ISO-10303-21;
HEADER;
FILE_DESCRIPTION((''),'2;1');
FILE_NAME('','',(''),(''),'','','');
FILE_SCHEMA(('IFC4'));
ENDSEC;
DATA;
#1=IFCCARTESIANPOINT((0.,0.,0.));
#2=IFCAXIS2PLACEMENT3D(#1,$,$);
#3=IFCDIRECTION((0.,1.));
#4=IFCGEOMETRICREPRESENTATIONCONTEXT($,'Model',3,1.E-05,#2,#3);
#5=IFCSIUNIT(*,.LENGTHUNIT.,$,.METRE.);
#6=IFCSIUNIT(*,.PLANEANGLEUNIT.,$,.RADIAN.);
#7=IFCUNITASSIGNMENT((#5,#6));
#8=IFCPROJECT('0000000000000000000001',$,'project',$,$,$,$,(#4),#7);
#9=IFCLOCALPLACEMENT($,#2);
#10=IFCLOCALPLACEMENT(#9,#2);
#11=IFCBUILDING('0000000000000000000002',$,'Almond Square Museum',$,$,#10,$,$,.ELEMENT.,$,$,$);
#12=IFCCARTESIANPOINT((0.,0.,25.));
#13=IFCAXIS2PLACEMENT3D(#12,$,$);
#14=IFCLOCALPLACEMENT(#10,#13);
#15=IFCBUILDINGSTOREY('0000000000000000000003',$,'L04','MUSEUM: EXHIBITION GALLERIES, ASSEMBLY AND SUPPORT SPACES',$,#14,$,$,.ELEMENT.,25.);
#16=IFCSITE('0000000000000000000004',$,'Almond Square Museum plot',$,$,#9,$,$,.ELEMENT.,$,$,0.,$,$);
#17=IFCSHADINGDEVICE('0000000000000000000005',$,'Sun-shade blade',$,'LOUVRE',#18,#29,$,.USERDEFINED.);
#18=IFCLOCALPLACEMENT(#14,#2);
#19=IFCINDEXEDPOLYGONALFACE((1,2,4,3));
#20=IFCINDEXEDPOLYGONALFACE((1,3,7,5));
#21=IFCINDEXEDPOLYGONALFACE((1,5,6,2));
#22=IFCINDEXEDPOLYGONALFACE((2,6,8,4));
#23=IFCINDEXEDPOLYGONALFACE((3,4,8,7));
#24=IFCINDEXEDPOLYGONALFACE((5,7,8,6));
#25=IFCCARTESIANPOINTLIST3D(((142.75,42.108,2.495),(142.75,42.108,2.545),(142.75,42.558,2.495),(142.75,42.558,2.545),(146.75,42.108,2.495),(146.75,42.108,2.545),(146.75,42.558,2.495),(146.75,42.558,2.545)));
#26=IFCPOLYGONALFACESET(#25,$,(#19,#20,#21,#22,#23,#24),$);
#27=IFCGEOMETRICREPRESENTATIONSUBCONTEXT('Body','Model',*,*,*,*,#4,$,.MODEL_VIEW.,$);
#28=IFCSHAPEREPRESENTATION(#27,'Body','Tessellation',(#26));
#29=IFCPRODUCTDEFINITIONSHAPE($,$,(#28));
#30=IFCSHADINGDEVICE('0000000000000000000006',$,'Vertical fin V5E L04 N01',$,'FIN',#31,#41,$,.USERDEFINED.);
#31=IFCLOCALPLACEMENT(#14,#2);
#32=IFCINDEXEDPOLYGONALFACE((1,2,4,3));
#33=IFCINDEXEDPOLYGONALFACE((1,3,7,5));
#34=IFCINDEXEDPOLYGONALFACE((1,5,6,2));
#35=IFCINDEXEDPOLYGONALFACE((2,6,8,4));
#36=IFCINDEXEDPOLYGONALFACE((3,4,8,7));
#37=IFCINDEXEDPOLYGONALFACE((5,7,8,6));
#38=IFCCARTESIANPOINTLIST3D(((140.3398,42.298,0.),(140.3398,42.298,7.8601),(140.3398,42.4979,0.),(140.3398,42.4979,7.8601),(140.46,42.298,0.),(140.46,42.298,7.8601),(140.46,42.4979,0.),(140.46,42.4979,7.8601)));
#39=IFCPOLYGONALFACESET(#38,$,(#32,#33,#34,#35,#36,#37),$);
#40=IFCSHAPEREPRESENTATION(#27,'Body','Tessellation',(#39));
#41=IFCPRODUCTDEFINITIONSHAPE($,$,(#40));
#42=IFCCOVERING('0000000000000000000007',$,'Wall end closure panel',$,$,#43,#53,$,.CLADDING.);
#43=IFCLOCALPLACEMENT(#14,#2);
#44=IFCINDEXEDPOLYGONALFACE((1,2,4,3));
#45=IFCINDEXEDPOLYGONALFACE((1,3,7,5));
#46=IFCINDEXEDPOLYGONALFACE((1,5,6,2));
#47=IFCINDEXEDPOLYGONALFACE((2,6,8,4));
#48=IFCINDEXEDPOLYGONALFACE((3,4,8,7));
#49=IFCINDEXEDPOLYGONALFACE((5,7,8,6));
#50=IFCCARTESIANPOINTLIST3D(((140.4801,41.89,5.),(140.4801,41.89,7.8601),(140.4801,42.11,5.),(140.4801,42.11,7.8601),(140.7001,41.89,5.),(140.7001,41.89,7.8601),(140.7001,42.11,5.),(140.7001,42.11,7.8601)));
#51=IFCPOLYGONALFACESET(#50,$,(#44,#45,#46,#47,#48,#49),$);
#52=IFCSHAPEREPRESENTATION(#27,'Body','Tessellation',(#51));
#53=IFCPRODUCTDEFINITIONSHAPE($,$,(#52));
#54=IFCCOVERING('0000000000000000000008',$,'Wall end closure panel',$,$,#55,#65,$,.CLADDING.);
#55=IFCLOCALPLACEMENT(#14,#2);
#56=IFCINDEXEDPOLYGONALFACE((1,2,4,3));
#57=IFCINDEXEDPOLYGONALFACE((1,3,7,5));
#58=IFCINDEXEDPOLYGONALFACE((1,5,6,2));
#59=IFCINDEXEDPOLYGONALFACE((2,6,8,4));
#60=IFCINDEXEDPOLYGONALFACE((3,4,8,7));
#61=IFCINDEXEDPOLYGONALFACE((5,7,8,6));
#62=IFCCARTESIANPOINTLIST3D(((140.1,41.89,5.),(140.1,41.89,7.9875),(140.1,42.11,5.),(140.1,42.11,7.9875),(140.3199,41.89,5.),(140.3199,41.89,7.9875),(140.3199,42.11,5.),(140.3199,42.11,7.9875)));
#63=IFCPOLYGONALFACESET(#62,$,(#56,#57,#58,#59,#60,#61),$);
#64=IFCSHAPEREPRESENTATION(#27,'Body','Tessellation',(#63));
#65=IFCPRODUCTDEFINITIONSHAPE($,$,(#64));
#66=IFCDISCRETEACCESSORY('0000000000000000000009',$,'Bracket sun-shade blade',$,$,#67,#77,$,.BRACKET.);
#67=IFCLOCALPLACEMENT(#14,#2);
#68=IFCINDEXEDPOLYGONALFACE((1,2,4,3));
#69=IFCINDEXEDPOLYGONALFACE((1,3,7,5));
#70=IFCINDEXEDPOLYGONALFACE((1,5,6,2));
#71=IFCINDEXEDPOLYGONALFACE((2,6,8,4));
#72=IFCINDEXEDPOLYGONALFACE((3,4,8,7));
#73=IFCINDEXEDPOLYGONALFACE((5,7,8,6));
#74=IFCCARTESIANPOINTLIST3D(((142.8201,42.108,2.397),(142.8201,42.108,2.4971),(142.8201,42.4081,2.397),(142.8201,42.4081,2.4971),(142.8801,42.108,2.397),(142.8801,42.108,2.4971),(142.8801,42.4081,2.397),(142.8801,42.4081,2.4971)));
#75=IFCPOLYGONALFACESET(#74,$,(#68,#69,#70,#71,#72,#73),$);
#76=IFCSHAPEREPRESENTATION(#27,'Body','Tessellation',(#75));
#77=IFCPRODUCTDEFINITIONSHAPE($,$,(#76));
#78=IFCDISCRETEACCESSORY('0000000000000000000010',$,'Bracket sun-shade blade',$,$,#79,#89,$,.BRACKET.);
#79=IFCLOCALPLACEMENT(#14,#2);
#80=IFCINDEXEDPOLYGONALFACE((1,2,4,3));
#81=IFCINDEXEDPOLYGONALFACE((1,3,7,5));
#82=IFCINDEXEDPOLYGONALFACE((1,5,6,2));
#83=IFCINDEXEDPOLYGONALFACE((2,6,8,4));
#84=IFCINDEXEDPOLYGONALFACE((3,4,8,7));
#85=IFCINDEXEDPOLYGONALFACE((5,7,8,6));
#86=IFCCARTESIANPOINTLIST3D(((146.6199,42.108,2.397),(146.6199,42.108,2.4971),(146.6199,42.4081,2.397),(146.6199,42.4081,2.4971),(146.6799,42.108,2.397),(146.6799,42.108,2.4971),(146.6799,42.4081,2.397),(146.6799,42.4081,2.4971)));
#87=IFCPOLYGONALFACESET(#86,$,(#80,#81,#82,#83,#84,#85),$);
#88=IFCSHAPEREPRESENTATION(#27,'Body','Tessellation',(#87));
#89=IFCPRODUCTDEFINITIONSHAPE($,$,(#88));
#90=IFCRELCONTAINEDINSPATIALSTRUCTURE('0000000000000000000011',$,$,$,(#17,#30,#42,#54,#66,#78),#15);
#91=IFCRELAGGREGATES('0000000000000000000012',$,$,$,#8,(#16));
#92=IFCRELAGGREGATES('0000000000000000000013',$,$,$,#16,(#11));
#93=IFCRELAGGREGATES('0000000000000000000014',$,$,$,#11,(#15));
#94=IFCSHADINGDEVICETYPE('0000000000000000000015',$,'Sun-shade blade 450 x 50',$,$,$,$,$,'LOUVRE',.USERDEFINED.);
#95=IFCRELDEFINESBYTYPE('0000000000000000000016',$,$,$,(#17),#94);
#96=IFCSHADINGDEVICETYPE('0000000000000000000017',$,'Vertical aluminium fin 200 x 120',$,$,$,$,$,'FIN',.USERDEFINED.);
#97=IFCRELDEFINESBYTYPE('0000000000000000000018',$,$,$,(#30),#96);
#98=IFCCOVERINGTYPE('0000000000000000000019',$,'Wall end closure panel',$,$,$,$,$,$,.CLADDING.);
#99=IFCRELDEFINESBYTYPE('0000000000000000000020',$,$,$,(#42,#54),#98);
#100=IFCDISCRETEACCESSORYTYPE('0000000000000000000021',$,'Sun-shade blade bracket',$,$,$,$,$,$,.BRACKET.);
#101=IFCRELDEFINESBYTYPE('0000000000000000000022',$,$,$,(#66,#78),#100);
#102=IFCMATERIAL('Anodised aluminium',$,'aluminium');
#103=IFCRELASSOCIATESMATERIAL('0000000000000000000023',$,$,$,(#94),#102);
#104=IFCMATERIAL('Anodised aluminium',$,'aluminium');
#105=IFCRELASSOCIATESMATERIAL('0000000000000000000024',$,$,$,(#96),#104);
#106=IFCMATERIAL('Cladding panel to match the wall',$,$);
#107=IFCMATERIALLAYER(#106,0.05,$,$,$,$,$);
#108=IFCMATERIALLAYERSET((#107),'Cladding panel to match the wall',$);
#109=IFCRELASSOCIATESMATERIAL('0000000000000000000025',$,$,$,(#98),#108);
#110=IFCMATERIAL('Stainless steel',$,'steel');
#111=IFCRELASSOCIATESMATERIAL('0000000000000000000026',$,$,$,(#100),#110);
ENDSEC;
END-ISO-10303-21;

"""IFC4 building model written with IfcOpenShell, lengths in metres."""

from ifc_helpers import new_model, si_unit, direction, frame, origin, origin_2d, place, context, subcontext, project, spatial, rectangle, extrude, material, layer, layer_set, material_profile, profile_set, type_object, element, save


model = new_model("IFC4")

# Units and contexts
model_context = context("Model", 3, precision=1e-05, world=origin(), true_north=direction((0.0, 1.0)))
body_context = subcontext(model_context, "Body", "Model", "MODEL_VIEW")
ifc_project = project(units=[si_unit("LENGTHUNIT", "METRE"), si_unit("PLANEANGLEUNIT", "RADIAN")], contexts=[model_context])

# Site, building, storey
site_placement = place(None, origin())
site = spatial("IfcSite", under=ifc_project, at=site_placement, Name="Almond Square Museum plot", CompositionType="ELEMENT", RefElevation=0.0)
building_placement = place(site_placement, origin())
building = spatial("IfcBuilding", under=site, at=building_placement, Name="Almond Square Museum", CompositionType="ELEMENT")
storey_placement = place(building_placement, frame((0.0, 0.0, 25.0)))
storey = spatial("IfcBuildingStorey", under=building, at=storey_placement, Name="L04", Description="MUSEUM: EXHIBITION GALLERIES, ASSEMBLY AND SUPPORT SPACES", CompositionType="ELEMENT", Elevation=25.0)

# Shading devices
ifc_material_1 = material(Name="Anodised aluminium", Category="aluminium")
ifc_material_profile_1 = material_profile(ifc_material_1, rectangle(XDim=0.45, YDim=0.05, at=origin_2d()))
ifc_profile_set_1 = profile_set([ifc_material_profile_1], Name="Anodised aluminium")
shading_device_type_1 = type_object("IfcShadingDeviceType", Name="Sun-shade blade 450 x 50", ElementType="LOUVRE", PredefinedType="USERDEFINED", material=ifc_profile_set_1)
shading_device_1_placement = place(storey_placement, frame((142.75, 42.333, 2.52), z_axis=(1.0, 0.0, 0.0), x_axis=(0.0, 1.0, 0.0)))
element("IfcShadingDevice", 1, at=shading_device_1_placement, inside=storey, type_object=shading_device_type_1, Name="Sun-shade blade", ObjectType="LOUVRE", PredefinedType="USERDEFINED", context=body_context, shape_type="SweptSolid", body=[
    extrude(rectangle(XDim=0.45, YDim=0.05, at=origin_2d()), origin(), (0.0, 0.0, 1.0), 4.0),
])
ifc_material_2 = material(Name="Anodised aluminium", Category="aluminium")
ifc_material_profile_2 = material_profile(ifc_material_2, rectangle(XDim=0.2, YDim=0.1201, at=origin_2d()))
ifc_profile_set_2 = profile_set([ifc_material_profile_2], Name="Anodised aluminium")
shading_device_type_2 = type_object("IfcShadingDeviceType", Name="Vertical aluminium fin 200 x 120", ElementType="FIN", PredefinedType="USERDEFINED", material=ifc_profile_set_2)
shading_device_2_placement = place(storey_placement, frame((140.3999, 42.3979, 0.0), z_axis=(0.0, 0.0, 1.0), x_axis=(0.0, 1.0, 0.0)))
element("IfcShadingDevice", 2, at=shading_device_2_placement, inside=storey, type_object=shading_device_type_2, Name="Vertical fin V5E L04 N01", ObjectType="FIN", PredefinedType="USERDEFINED", context=body_context, shape_type="SweptSolid", body=[
    extrude(rectangle(XDim=0.2, YDim=0.1201, at=origin_2d()), origin(), (0.0, 0.0, 1.0), 7.8601),
])

# Coverings
ifc_material_3 = material(Name="Cladding panel to match the wall")
ifc_layer_1 = layer(ifc_material_3, 0.05)
ifc_layer_set_1 = layer_set([ifc_layer_1], Name="Cladding panel to match the wall")
covering_type_1 = type_object("IfcCoveringType", Name="Wall end closure panel", PredefinedType="CLADDING", material=ifc_layer_set_1)
covering_1_placement = place(storey_placement, frame((140.5901, 42.0, 5.0), z_axis=(0.0, 0.0, 1.0), x_axis=(1.0, 0.0, 0.0)))
element("IfcCovering", 3, at=covering_1_placement, inside=storey, type_object=covering_type_1, Name="Wall end closure panel", PredefinedType="CLADDING", context=body_context, shape_type="SweptSolid", body=[
    extrude(rectangle(XDim=0.22, YDim=0.22, at=origin_2d()), origin(), (0.0, 0.0, 1.0), 2.8601),
])
covering_2_placement = place(storey_placement, frame((140.21, 42.0, 5.0), z_axis=(0.0, 0.0, 1.0), x_axis=(1.0, 0.0, 0.0)))
element("IfcCovering", 4, at=covering_2_placement, inside=storey, type_object=covering_type_1, Name="Wall end closure panel", PredefinedType="CLADDING", context=body_context, shape_type="SweptSolid", body=[
    extrude(rectangle(XDim=0.22, YDim=0.22, at=origin_2d()), origin(), (0.0, 0.0, 1.0), 2.9875),
])

# Discrete accessories
ifc_material_4 = material(Name="Stainless steel", Category="steel")
discrete_accessory_type = type_object("IfcDiscreteAccessoryType", Name="Sun-shade blade bracket", PredefinedType="BRACKET", material=ifc_material_4)
for number, where, z_axis, x_axis, name in (
    (5, (142.8501, 42.2581, 2.397), (0.0, 0.0, 1.0), (1.0, 0.0, 0.0), "Bracket sun-shade blade"),
    (6, (146.6499, 42.2581, 2.397), (0.0, 0.0, 1.0), (1.0, 0.0, 0.0), "Bracket sun-shade blade"),
):
    element("IfcDiscreteAccessory", number, at=place(storey_placement, frame(where, z_axis=z_axis, x_axis=x_axis)), inside=storey, type_object=discrete_accessory_type, Name=name, PredefinedType="BRACKET", context=body_context, shape_type="SweptSolid", body=[
        extrude(rectangle(XDim=0.0601, YDim=0.3, at=origin_2d()), origin(), (0.0, 0.0, 1.0), 0.1001),
    ])

save(model, "model.ifc")
